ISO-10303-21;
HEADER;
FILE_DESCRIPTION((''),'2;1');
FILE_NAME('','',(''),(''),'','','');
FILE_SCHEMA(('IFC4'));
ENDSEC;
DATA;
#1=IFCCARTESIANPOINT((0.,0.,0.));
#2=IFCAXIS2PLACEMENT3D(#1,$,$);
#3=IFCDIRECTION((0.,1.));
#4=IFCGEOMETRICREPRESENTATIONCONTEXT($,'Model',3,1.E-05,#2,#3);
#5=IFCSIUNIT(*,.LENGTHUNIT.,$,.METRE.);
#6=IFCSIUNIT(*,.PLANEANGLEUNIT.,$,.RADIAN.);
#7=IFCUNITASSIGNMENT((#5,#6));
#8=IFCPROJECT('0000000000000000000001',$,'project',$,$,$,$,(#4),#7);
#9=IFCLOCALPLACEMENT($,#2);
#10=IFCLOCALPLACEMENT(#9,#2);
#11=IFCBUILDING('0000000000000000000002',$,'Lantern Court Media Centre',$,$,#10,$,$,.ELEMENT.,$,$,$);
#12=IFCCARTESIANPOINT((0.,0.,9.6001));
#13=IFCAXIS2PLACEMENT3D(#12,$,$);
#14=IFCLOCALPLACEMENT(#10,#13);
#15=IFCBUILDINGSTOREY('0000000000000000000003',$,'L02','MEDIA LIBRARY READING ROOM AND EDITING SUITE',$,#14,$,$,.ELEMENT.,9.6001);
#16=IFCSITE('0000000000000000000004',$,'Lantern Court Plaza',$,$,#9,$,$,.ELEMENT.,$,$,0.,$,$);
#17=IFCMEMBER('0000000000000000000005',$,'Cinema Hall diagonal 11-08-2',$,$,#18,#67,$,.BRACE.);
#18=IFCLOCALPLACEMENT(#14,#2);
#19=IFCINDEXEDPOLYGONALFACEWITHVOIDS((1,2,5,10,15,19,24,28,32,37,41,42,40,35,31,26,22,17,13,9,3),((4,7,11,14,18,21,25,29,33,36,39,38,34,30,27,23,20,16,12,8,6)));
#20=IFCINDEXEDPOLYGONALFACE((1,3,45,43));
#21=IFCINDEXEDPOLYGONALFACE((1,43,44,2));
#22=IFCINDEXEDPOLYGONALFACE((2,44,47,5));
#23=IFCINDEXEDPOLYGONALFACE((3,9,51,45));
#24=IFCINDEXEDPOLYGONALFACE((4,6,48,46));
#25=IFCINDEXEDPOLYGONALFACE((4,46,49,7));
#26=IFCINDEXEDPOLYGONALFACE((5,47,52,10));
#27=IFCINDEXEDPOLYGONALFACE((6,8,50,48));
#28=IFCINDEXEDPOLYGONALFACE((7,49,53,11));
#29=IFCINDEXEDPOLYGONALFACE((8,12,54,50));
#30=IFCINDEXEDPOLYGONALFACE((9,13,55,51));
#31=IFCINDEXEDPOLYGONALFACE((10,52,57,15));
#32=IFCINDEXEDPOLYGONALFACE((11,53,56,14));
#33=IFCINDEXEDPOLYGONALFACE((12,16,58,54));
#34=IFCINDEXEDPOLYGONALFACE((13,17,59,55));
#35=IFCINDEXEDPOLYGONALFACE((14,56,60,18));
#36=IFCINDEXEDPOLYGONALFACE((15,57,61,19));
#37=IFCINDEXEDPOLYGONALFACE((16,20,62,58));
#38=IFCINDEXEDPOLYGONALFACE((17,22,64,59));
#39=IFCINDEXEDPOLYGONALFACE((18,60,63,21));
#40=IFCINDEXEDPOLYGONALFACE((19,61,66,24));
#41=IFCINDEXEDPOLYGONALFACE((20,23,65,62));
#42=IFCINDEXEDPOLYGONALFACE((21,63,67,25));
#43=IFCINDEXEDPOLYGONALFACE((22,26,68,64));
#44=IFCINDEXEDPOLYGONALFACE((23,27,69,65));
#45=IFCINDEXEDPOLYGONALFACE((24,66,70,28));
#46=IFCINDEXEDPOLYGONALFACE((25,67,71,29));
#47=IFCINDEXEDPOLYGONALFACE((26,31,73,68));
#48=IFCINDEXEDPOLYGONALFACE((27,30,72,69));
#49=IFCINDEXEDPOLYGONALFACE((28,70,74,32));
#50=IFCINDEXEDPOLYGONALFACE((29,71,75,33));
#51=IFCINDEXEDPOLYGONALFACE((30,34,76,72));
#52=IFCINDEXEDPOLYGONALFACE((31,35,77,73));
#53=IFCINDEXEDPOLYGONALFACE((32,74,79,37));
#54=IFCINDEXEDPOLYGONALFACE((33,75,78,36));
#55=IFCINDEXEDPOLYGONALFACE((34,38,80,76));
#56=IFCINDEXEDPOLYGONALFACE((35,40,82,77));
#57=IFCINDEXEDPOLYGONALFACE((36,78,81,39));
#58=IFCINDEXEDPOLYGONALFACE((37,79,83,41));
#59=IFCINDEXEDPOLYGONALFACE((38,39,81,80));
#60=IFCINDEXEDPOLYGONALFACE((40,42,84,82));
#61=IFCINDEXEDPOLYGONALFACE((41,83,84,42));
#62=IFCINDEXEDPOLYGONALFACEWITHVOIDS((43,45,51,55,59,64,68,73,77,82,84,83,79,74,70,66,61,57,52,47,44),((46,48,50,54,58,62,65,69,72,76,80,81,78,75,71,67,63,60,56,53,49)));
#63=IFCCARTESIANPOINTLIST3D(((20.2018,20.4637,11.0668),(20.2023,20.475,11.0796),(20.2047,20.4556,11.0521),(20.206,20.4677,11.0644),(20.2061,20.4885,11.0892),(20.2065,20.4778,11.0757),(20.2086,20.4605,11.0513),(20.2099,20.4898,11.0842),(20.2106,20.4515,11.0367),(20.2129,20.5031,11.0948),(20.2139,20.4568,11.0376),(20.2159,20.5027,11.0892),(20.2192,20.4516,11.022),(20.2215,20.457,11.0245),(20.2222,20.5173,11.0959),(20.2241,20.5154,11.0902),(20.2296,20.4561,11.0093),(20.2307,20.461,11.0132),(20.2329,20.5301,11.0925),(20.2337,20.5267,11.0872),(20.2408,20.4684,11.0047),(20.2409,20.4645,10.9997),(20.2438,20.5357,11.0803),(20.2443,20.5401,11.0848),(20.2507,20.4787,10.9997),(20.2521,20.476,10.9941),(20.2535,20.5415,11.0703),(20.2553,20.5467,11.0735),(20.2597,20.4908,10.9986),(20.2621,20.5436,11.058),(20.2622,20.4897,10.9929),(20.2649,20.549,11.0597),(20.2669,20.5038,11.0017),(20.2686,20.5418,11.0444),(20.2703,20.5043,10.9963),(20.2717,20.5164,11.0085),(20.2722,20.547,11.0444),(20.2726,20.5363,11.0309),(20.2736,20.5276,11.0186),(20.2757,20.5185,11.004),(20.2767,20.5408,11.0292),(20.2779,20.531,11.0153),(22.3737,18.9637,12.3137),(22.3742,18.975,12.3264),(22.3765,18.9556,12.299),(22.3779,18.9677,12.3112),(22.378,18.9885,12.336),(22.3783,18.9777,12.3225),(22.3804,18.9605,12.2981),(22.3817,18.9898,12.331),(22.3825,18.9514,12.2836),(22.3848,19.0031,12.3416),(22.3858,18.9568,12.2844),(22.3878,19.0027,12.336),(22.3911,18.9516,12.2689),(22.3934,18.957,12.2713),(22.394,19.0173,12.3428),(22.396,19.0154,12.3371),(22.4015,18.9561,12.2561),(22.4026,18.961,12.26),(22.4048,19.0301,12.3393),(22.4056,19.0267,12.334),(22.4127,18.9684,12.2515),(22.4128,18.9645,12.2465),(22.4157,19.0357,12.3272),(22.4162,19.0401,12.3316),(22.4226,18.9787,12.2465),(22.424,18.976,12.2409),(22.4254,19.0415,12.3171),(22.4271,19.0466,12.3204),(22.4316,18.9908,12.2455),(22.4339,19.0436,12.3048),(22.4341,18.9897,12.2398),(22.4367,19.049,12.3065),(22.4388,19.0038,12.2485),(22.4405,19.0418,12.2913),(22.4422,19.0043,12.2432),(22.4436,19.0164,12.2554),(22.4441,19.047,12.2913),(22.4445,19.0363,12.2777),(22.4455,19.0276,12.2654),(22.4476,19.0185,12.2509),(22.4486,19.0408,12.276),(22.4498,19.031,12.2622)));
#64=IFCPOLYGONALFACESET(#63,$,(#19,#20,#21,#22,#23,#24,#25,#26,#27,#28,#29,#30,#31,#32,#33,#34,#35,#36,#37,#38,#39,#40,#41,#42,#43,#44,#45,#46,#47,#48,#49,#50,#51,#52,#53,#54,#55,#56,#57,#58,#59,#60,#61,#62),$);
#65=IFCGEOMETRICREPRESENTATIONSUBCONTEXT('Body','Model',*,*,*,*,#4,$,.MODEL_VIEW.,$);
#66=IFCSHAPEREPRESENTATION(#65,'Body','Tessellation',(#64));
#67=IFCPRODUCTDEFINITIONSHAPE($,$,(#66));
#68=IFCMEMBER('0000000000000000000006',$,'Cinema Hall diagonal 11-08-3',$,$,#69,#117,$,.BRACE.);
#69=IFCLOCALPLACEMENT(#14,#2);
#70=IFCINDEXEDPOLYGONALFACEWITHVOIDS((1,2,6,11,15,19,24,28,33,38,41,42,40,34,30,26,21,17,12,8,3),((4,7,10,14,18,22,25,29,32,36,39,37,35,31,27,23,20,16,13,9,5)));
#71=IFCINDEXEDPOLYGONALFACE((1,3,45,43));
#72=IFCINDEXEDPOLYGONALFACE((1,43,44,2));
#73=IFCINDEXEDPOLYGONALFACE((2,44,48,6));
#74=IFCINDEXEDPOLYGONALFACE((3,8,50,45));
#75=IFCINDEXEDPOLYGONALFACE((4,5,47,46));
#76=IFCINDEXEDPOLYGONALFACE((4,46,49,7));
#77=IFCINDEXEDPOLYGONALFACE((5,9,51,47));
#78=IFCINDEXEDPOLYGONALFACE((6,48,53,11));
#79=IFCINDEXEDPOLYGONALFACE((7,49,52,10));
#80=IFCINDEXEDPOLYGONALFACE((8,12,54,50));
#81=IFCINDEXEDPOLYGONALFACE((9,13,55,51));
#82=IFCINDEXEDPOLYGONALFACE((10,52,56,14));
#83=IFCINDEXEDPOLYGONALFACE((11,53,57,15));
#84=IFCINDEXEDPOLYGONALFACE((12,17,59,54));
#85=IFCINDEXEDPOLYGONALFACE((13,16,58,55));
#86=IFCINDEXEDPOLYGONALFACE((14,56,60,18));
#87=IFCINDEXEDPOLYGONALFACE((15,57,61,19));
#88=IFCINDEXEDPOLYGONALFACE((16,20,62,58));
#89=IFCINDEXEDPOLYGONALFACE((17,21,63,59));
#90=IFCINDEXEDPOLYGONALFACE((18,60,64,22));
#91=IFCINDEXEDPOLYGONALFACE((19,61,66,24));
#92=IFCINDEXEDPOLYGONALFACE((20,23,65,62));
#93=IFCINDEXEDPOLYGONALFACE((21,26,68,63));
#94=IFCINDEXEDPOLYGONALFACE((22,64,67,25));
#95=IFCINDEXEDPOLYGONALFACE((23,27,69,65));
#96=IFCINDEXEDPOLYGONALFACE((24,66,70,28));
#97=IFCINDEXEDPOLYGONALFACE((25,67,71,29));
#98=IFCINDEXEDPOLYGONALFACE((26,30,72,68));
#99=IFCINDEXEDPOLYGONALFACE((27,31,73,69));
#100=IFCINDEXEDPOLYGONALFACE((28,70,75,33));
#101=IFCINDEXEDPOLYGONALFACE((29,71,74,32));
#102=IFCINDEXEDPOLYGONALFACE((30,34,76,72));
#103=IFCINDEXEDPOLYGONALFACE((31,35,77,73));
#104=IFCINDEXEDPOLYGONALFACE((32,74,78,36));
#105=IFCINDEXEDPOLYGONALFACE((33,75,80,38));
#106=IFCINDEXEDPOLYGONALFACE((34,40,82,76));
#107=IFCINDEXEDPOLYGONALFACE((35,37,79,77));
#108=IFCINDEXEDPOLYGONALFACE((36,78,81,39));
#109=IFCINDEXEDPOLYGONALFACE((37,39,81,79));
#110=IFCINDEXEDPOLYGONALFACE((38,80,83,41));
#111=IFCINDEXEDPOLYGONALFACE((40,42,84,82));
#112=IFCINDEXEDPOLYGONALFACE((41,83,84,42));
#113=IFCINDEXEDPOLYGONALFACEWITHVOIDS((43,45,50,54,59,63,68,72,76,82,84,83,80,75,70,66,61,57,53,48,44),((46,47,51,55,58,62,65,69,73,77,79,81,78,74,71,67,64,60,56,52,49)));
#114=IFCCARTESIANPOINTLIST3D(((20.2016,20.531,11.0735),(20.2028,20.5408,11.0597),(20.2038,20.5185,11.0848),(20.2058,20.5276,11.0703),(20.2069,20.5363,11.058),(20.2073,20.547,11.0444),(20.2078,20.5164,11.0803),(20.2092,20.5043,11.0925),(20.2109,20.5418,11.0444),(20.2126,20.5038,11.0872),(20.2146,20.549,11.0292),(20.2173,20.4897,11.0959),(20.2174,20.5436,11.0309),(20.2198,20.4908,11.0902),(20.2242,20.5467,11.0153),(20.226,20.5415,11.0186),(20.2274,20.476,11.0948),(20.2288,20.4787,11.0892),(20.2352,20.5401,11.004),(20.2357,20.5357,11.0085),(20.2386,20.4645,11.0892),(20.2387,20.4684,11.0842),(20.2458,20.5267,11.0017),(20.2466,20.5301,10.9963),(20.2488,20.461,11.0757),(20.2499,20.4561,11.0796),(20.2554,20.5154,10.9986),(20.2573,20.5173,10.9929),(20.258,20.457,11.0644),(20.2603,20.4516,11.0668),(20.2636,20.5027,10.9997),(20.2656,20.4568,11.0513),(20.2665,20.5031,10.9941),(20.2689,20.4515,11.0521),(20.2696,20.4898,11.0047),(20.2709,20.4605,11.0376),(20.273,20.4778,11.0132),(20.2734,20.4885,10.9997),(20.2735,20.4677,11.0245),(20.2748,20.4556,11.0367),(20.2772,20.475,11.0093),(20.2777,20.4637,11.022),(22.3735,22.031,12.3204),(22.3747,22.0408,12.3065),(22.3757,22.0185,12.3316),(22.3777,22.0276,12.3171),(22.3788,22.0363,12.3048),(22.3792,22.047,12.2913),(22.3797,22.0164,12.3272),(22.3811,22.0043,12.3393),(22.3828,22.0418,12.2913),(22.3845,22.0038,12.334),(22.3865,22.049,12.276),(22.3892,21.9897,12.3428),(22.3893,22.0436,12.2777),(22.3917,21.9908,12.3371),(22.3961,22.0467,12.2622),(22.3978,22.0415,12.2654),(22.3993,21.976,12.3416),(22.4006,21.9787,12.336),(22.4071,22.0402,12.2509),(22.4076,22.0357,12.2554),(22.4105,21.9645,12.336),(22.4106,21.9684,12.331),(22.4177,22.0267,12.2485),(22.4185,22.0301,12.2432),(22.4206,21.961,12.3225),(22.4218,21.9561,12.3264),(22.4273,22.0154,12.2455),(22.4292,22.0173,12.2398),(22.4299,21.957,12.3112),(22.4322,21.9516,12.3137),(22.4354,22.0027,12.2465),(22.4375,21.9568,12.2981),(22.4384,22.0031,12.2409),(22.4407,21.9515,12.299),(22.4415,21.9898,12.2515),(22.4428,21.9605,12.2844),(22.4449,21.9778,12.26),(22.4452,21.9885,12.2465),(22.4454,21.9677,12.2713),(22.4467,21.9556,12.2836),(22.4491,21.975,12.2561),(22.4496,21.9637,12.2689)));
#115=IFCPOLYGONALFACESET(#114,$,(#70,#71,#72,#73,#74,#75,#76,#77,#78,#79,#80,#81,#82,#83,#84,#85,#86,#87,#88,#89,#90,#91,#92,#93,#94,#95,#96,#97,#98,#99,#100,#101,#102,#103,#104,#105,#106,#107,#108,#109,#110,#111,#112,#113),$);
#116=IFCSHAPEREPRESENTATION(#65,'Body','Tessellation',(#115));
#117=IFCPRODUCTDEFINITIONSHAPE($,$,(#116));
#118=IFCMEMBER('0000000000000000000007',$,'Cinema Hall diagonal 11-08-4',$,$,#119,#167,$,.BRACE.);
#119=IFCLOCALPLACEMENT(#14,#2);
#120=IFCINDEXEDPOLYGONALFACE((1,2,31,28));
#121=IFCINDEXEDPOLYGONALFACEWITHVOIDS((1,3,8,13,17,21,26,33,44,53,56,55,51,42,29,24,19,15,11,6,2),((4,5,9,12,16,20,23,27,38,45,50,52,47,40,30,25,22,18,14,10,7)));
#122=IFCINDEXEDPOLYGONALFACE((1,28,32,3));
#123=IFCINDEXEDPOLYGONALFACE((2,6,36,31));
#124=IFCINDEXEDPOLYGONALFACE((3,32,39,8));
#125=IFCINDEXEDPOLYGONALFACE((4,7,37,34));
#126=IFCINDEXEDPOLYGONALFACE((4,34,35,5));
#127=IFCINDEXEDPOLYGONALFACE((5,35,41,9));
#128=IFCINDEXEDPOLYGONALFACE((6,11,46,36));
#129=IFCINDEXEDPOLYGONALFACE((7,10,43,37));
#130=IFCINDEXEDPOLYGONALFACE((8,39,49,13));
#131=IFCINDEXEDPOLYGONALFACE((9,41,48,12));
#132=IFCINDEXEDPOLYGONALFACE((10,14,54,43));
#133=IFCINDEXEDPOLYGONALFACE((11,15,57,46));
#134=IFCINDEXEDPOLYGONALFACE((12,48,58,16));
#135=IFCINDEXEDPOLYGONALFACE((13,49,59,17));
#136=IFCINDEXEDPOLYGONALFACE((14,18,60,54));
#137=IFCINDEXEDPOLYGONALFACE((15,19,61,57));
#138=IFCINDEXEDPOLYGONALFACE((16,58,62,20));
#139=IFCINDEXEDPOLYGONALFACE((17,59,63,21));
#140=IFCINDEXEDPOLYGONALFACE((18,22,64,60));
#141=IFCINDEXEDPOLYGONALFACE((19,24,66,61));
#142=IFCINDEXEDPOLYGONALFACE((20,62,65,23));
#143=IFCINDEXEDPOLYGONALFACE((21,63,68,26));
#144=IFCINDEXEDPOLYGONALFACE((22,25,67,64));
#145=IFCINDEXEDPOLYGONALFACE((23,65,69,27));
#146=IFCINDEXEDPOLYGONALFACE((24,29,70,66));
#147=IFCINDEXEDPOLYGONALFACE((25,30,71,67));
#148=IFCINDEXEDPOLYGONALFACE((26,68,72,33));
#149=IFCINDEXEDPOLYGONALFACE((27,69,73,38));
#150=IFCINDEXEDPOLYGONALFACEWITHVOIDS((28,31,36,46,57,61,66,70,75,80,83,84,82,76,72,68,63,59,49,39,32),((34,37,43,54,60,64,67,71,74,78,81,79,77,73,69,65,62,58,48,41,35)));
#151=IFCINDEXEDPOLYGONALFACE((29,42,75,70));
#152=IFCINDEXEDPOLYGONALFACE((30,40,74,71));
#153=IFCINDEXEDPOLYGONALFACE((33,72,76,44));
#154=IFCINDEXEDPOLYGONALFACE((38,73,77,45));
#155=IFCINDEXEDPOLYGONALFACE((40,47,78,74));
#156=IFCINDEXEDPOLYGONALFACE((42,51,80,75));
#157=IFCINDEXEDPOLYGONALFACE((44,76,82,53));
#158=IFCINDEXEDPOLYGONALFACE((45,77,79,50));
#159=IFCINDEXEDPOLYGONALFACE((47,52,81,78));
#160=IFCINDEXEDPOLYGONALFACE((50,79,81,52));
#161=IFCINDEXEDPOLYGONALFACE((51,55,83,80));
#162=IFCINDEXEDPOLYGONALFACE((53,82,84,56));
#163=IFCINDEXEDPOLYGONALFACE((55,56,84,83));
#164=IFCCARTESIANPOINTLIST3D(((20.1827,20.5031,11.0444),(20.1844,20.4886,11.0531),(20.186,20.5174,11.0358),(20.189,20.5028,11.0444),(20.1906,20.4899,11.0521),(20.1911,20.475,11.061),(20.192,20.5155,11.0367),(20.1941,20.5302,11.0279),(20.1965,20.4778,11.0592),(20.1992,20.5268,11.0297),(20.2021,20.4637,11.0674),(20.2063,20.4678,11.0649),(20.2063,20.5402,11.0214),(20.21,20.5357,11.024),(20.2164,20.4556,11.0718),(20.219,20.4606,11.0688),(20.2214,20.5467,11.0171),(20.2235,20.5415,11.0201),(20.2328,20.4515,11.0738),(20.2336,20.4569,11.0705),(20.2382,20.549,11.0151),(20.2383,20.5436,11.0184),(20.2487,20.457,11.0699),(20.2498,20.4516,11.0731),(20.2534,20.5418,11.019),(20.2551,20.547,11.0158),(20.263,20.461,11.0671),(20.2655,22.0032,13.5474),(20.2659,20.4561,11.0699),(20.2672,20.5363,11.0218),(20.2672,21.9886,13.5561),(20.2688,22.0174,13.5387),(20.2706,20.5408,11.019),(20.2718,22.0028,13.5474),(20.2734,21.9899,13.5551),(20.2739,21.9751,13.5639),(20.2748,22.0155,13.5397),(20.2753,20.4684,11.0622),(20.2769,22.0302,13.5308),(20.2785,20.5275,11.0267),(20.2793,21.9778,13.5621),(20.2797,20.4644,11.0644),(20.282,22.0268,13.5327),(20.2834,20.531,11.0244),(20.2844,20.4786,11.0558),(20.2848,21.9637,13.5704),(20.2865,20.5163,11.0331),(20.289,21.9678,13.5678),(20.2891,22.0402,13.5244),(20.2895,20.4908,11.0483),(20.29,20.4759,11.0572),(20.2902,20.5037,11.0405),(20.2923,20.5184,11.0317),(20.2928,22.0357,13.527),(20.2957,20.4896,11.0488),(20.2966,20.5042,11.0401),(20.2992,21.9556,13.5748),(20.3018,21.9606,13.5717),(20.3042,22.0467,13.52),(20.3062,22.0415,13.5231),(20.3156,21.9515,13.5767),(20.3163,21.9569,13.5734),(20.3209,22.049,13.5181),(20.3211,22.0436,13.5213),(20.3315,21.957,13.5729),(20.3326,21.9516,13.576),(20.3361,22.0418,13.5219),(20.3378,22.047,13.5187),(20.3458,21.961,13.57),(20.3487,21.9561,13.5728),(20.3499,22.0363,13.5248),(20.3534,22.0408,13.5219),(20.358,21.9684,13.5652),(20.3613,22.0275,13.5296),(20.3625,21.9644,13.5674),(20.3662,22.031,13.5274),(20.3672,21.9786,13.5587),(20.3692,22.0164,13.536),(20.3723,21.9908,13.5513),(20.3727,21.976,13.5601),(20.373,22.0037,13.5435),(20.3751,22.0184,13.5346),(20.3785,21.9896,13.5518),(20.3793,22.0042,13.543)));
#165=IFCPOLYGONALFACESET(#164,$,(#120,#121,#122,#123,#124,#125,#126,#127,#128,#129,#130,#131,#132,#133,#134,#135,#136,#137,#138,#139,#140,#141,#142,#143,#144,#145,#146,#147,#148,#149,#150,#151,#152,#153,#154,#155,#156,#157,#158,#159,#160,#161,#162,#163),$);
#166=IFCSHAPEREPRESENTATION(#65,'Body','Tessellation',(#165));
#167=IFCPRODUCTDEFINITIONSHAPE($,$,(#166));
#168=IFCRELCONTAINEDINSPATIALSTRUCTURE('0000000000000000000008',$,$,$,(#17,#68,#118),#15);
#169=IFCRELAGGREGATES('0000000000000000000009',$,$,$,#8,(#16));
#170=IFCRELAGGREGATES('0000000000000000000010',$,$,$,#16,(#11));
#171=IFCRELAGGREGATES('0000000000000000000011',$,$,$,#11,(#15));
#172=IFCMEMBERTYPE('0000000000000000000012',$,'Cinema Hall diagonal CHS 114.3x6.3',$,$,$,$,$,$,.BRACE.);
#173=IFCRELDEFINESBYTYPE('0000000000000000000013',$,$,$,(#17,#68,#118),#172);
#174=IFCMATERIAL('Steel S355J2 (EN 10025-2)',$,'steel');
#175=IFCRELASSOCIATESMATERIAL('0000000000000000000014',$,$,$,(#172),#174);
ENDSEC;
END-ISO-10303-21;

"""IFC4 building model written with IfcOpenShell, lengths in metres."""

from ifc_helpers import new_model, si_unit, direction, frame, origin, origin_2d, place, context, subcontext, project, spatial, hollow_circle, extrude, material, material_profile, profile_set, type_object, element, save


model = new_model("IFC4")

# Units and contexts
model_context = context("Model", 3, precision=1e-05, world=origin(), true_north=direction((0.0, 1.0)))
body_context = subcontext(model_context, "Body", "Model", "MODEL_VIEW")
ifc_project = project(units=[si_unit("LENGTHUNIT", "METRE"), si_unit("PLANEANGLEUNIT", "RADIAN")], contexts=[model_context])

# Site, building, storey
site_placement = place(None, origin())
site = spatial("IfcSite", under=ifc_project, at=site_placement, Name="Lantern Court Plaza", CompositionType="ELEMENT", RefElevation=0.0)
building_placement = place(site_placement, origin())
building = spatial("IfcBuilding", under=site, at=building_placement, Name="Lantern Court Media Centre", CompositionType="ELEMENT")
storey_placement = place(building_placement, frame((0.0, 0.0, 9.6001)))
storey = spatial("IfcBuildingStorey", under=building, at=storey_placement, Name="L02", Description="MEDIA LIBRARY READING ROOM AND EDITING SUITE", CompositionType="ELEMENT", Elevation=9.6001)

# Members
ifc_material = material(Name="Steel S355J2 (EN 10025-2)", Category="steel")
ifc_material_profile_1 = material_profile(ifc_material, hollow_circle(Radius=0.0571, WallThickness=0.0063, at=origin_2d()), Name="Cinema Hall diagonal CHS 114.3x6.3")
ifc_profile_set_1 = profile_set([ifc_material_profile_1], Name="Steel S355J2 (EN 10025-2)")
member_type_1 = type_object("IfcMemberType", Name="Cinema Hall diagonal CHS 114.3x6.3", PredefinedType="BRACE", material=ifc_profile_set_1)
for number, where, z_axis, x_axis, name in (
    (1, (20.2397, 20.5, 11.0444), (0.744002, -0.513843, 0.427115), (0.568286, 0.822831, 0.0), "Cinema Hall diagonal 11-08-2"),
    (2, (20.2397, 20.5, 11.0444), (0.744002, 0.513843, 0.427115), (-0.568286, 0.822831, 0.0), "Cinema Hall diagonal 11-08-3"),
    (3, (20.2397, 20.5, 11.0444), (0.028352, 0.513846, 0.857414), (-0.998481, 0.055092, 0.0), "Cinema Hall diagonal 11-08-4"),
):
    element("IfcMember", number, at=place(storey_placement, frame(where, z_axis=z_axis, x_axis=x_axis)), inside=storey, type_object=member_type_1, Name=name, PredefinedType="BRACE", context=body_context, shape_type="SweptSolid", body=[
        extrude(hollow_circle(Radius=0.0571, WallThickness=0.0063, at=origin_2d()), origin(), (0.0, 0.0, 1.0), 2.9192),
    ])

save(model, "model.ifc")
